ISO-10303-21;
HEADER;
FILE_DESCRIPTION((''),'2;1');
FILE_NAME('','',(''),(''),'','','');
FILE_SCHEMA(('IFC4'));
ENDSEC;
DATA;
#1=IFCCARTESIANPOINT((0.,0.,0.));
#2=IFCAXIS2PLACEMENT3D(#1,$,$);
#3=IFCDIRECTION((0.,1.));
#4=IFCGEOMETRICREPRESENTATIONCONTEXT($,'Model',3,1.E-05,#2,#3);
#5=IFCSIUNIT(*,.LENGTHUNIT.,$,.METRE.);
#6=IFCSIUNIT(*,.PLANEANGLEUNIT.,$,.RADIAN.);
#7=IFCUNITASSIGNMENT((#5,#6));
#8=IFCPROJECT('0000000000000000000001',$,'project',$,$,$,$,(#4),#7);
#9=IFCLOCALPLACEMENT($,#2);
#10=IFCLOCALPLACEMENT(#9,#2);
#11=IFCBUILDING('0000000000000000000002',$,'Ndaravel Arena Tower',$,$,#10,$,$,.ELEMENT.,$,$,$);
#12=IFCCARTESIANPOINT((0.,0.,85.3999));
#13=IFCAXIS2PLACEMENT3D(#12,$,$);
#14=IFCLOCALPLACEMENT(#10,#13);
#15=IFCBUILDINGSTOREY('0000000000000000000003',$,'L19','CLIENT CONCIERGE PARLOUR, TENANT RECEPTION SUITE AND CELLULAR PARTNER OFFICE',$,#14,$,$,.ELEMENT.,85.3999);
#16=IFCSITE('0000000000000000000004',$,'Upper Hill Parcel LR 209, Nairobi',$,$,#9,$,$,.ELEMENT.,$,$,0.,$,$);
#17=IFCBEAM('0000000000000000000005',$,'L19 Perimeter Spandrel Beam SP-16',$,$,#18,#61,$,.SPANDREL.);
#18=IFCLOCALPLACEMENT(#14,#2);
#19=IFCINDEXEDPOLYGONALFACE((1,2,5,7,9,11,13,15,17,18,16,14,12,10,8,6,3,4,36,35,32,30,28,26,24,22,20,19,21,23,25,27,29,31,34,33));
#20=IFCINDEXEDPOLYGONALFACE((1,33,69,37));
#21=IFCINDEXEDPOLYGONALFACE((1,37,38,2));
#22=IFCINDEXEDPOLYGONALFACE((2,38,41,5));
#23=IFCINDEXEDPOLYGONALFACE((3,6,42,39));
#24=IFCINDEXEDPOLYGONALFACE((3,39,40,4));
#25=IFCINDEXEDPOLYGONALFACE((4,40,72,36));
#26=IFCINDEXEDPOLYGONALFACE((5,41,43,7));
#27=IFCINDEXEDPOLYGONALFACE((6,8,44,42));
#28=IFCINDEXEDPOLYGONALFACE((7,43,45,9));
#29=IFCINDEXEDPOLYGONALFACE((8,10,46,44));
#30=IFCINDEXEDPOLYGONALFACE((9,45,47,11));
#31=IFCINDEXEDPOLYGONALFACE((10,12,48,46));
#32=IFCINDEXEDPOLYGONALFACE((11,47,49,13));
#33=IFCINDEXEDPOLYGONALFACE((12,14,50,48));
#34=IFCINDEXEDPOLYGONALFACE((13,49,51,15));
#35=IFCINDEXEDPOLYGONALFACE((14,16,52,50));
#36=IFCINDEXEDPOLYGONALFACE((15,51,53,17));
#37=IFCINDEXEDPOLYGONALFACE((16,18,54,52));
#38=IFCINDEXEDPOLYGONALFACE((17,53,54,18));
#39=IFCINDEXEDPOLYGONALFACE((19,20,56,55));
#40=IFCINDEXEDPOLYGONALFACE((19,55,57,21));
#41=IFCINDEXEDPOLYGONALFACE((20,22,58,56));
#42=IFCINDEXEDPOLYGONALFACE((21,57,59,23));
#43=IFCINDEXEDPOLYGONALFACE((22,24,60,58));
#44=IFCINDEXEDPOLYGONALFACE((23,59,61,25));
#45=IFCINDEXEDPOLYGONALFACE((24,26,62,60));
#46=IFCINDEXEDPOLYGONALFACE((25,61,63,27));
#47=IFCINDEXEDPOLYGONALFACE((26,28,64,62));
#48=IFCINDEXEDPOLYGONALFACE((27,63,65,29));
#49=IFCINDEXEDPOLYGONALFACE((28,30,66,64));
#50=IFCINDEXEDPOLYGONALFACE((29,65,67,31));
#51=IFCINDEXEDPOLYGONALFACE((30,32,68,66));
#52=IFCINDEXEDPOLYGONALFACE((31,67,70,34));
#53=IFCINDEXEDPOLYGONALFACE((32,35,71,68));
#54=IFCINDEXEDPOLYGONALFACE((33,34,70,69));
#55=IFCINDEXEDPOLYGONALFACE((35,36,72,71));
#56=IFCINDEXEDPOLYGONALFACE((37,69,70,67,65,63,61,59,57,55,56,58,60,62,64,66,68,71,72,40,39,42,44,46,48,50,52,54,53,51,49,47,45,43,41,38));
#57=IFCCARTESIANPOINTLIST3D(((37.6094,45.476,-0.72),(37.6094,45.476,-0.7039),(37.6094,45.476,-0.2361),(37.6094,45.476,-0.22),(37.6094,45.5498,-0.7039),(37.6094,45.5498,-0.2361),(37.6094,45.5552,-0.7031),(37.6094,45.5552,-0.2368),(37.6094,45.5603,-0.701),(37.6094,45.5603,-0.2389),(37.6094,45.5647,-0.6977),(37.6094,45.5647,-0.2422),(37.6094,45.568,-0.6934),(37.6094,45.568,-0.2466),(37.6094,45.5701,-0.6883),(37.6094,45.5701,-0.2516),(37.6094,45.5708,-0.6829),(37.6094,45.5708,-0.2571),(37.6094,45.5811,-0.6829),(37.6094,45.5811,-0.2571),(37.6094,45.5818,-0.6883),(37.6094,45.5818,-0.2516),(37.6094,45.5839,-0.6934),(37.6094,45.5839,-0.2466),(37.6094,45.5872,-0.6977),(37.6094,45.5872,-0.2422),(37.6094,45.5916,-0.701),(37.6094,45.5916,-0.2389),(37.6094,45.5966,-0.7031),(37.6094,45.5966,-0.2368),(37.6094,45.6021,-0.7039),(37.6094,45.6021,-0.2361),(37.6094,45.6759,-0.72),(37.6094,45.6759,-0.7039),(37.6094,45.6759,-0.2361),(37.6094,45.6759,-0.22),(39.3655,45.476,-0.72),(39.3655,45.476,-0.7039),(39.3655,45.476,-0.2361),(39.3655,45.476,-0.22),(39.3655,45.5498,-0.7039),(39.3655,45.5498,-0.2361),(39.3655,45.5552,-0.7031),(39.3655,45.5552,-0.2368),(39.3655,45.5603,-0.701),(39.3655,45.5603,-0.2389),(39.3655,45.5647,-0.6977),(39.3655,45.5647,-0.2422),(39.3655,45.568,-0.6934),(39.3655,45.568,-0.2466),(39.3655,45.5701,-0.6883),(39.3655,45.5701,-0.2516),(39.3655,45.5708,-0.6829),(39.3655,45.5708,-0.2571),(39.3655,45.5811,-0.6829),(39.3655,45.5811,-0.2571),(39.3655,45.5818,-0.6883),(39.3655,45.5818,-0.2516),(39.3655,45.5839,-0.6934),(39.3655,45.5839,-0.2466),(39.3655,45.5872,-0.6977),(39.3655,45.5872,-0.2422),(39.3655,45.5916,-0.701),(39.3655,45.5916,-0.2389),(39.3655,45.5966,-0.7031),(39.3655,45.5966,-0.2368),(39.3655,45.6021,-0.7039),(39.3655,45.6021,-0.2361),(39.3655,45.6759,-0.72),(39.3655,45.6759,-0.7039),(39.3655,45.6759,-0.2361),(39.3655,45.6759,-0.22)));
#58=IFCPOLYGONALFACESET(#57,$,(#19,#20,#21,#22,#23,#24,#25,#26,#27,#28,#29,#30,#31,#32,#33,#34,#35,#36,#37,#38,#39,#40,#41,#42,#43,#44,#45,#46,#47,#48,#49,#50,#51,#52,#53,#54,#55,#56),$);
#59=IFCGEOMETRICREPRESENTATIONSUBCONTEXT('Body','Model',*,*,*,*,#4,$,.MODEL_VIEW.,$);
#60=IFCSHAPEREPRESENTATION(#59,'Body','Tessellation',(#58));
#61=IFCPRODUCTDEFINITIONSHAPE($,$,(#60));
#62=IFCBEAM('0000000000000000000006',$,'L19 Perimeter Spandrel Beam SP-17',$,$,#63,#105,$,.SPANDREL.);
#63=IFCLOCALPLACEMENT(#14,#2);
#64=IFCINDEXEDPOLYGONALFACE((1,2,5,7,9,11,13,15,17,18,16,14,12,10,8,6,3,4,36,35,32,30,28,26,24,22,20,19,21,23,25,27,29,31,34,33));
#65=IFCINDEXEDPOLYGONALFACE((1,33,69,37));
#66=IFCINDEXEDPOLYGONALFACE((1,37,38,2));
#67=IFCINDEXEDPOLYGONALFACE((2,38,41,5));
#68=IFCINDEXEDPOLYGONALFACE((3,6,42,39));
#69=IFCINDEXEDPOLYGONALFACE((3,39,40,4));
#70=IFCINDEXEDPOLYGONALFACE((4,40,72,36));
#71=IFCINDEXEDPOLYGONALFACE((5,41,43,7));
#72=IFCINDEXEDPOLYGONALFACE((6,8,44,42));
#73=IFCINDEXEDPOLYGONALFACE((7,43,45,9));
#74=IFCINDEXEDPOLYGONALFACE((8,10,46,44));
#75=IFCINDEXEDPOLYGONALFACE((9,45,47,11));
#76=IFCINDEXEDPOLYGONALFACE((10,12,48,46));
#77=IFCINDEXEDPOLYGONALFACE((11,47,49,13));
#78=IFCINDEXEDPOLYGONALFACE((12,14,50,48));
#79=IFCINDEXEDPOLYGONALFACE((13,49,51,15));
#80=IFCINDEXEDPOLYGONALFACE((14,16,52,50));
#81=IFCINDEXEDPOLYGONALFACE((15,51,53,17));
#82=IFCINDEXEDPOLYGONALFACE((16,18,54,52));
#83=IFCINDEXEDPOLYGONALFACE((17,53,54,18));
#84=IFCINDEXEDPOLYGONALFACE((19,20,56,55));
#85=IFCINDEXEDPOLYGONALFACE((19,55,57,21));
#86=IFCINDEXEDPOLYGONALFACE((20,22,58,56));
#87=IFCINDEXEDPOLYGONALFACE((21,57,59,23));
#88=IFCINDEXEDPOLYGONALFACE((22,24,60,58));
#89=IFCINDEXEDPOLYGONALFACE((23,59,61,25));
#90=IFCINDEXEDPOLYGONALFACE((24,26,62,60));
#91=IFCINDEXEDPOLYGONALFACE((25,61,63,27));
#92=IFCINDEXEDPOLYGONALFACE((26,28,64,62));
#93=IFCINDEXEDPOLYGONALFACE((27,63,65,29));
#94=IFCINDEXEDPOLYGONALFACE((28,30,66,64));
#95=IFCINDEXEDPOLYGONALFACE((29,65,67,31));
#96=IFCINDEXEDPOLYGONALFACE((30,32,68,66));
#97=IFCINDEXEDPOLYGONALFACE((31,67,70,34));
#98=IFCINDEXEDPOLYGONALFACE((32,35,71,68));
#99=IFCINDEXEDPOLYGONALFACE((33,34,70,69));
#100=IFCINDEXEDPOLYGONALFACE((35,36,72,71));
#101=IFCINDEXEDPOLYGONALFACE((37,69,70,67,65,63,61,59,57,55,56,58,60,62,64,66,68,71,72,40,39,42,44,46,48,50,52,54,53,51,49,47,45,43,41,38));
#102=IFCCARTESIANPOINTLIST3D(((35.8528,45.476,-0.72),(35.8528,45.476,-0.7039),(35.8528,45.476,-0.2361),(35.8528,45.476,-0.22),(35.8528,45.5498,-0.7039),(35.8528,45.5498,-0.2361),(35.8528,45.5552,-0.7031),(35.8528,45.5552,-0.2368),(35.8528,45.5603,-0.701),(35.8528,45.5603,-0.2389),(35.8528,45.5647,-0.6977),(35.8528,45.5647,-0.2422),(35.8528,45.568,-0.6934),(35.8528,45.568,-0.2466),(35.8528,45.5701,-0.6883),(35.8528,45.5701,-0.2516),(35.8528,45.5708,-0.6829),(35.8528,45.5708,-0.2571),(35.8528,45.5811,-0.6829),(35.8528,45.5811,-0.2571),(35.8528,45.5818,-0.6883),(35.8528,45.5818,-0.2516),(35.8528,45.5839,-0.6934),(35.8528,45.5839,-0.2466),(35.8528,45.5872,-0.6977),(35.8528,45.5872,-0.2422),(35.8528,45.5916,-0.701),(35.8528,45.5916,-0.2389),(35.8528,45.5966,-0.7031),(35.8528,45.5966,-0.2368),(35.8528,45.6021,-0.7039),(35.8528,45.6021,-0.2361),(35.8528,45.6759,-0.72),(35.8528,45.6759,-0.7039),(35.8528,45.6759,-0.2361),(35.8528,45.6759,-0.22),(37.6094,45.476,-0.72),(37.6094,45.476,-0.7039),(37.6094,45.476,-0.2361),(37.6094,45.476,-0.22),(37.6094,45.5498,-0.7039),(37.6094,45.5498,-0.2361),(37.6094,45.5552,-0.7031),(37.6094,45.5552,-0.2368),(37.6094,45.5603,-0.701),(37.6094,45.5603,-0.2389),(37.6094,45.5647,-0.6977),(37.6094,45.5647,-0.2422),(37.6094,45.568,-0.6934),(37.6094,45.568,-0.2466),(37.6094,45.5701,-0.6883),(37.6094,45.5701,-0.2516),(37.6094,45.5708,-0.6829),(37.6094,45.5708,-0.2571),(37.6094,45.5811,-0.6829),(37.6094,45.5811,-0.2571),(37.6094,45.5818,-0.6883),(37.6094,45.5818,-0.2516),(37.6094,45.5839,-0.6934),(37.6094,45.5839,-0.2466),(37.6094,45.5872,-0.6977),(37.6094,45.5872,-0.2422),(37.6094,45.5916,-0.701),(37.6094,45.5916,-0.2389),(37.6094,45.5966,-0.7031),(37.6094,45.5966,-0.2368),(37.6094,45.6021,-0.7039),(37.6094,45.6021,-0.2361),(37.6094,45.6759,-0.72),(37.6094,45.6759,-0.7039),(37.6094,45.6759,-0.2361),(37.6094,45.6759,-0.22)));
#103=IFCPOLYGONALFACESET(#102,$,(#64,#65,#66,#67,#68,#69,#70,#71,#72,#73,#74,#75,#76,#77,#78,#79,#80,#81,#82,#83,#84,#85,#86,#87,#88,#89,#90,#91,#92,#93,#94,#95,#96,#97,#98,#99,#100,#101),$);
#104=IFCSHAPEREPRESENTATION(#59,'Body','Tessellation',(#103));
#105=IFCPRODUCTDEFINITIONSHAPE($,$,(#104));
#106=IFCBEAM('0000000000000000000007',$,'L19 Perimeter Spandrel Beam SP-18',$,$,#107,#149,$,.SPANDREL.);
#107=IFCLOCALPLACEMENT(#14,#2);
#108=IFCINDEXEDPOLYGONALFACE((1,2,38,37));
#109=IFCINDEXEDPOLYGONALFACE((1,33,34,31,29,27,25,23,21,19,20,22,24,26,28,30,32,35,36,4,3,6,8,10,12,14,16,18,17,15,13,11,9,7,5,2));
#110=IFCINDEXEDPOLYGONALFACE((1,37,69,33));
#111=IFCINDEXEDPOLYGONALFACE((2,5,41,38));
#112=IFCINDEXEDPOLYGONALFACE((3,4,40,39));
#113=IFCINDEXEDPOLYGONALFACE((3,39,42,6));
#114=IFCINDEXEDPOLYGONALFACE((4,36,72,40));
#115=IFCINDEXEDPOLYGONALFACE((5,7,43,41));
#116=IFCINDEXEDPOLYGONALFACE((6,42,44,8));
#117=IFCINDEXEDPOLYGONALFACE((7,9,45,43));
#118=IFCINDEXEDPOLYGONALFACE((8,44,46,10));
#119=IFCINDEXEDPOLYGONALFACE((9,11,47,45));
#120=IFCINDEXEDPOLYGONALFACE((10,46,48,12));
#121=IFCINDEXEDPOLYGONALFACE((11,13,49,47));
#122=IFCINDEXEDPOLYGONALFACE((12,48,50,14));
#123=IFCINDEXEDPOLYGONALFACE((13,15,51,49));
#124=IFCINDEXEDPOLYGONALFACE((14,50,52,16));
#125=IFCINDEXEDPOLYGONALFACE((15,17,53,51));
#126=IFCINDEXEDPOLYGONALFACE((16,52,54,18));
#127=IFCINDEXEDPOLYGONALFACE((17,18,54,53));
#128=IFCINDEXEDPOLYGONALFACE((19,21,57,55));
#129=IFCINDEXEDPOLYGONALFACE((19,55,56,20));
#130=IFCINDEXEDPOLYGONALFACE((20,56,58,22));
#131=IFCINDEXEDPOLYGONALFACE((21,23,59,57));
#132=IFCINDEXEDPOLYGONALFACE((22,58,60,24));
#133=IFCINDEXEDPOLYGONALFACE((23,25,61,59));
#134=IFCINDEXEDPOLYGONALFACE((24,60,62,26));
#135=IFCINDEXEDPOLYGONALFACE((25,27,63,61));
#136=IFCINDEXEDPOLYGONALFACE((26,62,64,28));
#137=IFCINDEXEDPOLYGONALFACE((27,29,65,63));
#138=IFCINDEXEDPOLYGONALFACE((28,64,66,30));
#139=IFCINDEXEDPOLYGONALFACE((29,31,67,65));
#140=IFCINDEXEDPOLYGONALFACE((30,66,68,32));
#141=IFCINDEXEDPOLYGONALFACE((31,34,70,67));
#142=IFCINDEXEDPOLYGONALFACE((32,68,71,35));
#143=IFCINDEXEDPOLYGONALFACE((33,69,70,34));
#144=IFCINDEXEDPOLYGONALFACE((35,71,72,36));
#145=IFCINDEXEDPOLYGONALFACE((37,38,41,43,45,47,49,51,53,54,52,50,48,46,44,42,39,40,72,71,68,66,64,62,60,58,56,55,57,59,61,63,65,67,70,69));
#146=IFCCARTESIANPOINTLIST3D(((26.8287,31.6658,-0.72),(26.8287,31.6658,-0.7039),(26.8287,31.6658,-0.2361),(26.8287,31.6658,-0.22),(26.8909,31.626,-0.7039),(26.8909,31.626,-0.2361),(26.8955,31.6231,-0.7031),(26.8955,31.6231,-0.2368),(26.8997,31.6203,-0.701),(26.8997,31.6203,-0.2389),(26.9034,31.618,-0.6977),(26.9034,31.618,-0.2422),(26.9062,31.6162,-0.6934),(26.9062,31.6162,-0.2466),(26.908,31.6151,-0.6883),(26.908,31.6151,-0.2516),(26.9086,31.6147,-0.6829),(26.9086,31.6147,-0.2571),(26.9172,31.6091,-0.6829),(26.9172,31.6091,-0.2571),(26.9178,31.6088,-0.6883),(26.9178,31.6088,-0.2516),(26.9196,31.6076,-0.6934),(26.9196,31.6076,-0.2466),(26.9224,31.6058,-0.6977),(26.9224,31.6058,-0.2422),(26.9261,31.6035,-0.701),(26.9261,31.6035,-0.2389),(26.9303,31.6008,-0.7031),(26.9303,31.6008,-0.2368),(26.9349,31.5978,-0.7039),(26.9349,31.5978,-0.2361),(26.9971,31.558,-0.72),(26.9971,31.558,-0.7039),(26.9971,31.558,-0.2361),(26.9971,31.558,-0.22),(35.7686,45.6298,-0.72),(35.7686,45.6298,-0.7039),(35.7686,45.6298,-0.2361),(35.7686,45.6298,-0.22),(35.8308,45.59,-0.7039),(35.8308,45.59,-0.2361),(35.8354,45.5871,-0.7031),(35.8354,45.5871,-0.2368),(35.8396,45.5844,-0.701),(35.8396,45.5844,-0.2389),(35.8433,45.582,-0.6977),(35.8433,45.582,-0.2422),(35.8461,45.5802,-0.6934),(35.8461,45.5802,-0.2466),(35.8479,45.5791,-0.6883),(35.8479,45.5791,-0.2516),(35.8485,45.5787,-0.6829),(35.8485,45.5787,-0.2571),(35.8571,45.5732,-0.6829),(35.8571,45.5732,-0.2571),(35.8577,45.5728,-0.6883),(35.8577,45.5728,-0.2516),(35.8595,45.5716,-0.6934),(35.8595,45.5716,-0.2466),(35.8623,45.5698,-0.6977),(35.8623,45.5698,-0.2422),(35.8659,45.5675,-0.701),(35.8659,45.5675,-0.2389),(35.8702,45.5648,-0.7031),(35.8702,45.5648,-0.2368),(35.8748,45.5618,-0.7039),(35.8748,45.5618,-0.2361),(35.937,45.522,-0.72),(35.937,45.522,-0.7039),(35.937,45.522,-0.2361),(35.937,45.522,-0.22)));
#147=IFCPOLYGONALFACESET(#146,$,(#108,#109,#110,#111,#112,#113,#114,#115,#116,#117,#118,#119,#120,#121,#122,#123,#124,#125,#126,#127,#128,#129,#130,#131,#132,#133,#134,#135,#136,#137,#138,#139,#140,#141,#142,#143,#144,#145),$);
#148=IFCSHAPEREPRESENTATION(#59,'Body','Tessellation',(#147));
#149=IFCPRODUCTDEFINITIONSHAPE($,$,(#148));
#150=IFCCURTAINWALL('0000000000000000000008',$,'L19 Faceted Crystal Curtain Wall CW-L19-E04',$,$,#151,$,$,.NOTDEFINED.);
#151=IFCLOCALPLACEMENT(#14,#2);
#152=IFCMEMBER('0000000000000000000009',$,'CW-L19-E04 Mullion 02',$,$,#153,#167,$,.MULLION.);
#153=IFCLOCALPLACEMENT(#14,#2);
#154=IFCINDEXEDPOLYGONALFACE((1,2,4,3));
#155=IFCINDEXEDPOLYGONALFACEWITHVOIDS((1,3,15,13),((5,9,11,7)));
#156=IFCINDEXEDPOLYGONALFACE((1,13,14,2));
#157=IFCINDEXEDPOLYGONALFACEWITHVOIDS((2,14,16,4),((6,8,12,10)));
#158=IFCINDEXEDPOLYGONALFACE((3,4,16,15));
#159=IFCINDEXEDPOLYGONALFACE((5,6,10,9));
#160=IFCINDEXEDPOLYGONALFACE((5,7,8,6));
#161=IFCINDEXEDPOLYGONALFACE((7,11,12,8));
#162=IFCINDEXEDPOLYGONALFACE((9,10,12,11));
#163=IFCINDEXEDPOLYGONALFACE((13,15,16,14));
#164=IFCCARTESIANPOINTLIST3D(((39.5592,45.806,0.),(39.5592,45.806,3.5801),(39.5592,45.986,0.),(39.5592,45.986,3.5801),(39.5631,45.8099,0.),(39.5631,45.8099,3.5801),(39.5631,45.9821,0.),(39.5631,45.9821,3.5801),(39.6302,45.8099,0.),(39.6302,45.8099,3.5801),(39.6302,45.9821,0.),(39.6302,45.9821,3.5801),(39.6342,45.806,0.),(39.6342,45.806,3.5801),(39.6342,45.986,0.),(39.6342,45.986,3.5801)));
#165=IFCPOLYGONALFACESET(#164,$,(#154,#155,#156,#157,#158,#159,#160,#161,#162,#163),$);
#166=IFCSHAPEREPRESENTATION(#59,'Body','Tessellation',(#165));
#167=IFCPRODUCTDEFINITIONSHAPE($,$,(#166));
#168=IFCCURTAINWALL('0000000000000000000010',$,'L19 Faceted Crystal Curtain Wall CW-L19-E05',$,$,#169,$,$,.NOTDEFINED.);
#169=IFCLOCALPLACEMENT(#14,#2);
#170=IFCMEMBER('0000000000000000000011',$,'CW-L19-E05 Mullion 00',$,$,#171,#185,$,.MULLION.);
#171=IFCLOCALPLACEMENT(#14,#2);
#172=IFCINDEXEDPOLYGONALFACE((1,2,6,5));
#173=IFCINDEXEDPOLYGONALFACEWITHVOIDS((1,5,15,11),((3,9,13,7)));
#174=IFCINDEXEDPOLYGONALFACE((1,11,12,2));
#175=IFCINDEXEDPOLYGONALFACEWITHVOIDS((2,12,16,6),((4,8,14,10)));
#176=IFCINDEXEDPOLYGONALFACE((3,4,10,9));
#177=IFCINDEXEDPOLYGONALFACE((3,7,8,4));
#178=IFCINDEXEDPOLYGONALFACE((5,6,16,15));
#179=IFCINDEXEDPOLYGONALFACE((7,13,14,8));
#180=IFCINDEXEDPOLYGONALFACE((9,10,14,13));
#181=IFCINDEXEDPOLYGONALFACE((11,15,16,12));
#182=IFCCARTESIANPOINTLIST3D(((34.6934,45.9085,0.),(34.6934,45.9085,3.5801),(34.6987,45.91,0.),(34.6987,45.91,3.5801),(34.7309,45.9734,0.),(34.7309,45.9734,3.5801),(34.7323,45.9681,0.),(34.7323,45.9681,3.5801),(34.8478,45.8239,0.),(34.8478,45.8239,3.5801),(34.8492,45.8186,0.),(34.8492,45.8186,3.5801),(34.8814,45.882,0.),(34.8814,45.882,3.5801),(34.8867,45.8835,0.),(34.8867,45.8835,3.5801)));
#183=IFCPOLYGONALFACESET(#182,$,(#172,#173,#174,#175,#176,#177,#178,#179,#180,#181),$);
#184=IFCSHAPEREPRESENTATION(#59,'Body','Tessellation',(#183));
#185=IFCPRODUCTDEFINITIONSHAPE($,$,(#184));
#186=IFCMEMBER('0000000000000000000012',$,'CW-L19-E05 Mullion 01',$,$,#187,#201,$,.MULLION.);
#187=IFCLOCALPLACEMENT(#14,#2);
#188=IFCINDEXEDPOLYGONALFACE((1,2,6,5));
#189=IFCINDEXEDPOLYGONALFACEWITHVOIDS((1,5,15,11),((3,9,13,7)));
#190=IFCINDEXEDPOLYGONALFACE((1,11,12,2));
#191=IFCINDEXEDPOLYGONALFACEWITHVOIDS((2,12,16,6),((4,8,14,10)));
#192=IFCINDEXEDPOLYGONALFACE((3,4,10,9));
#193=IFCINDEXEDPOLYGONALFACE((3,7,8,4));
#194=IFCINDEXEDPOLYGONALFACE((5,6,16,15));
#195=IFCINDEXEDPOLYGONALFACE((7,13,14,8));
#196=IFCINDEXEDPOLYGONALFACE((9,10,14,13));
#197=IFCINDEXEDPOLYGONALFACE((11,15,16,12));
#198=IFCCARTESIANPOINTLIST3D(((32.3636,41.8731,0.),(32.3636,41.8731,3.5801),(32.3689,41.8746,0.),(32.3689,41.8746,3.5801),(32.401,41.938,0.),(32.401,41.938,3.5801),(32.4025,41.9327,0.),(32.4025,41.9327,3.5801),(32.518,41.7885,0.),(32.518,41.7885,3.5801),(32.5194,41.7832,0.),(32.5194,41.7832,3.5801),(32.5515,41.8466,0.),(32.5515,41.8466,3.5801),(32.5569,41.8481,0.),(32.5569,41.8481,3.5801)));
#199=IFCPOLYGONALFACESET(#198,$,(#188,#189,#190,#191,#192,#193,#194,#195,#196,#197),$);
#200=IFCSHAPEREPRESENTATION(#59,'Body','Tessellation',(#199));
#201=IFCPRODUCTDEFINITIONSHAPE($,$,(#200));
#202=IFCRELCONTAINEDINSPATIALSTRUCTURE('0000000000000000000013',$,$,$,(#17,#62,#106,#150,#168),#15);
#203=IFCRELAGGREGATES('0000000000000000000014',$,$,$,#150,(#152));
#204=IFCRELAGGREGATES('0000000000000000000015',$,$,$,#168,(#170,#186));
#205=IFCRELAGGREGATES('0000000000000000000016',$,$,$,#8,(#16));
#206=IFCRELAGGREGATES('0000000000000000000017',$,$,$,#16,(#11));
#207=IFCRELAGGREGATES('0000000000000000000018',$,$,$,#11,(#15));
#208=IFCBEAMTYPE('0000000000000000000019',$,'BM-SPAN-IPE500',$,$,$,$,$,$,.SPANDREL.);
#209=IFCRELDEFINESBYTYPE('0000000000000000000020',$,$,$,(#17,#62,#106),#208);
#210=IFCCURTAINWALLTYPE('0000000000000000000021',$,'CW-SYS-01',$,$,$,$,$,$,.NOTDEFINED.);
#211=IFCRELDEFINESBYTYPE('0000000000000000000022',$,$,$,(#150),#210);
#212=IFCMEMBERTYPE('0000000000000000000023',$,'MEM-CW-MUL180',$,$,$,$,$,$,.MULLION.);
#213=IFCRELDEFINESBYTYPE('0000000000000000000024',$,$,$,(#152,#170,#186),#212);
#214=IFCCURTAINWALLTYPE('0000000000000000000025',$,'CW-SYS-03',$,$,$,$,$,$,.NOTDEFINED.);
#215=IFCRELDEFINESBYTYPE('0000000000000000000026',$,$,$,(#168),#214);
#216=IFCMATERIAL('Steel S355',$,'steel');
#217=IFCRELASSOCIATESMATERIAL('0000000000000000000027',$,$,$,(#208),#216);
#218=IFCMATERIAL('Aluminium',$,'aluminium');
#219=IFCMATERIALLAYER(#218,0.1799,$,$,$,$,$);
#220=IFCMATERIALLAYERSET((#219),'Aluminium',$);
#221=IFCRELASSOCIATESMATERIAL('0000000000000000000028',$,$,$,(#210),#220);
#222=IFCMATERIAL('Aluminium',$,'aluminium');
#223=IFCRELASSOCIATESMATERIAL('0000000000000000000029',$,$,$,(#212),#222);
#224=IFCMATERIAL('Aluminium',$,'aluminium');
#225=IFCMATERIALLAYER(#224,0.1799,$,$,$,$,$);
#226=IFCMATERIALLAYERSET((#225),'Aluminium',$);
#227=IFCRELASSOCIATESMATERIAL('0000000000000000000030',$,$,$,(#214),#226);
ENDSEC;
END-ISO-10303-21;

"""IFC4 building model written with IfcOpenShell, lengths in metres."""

from ifc_helpers import new_model, si_unit, direction, frame, origin, origin_2d, place, context, subcontext, project, spatial, hollow_rectangle, i_section, extrude, material, layer, layer_set, material_profile, profile_set, type_object, element, aggregate, save


model = new_model("IFC4")

# Units and contexts
model_context = context("Model", 3, precision=1e-05, world=origin(), true_north=direction((0.0, 1.0)))
body_context = subcontext(model_context, "Body", "Model", "MODEL_VIEW")
ifc_project = project(units=[si_unit("LENGTHUNIT", "METRE"), si_unit("PLANEANGLEUNIT", "RADIAN")], contexts=[model_context])

# Site, building, storey
site_placement = place(None, origin())
site = spatial("IfcSite", under=ifc_project, at=site_placement, Name="Upper Hill Parcel LR 209, Nairobi", CompositionType="ELEMENT", RefElevation=0.0)
building_placement = place(site_placement, origin())
building = spatial("IfcBuilding", under=site, at=building_placement, Name="Ndaravel Arena Tower", CompositionType="ELEMENT")
storey_placement = place(building_placement, frame((0.0, 0.0, 85.3999)))
storey = spatial("IfcBuildingStorey", under=building, at=storey_placement, Name="L19", Description="CLIENT CONCIERGE PARLOUR, TENANT RECEPTION SUITE AND CELLULAR PARTNER OFFICE", CompositionType="ELEMENT", Elevation=85.3999)

# Beams
ifc_material_1 = material(Name="Steel S355", Category="steel")
ifc_material_profile_1 = material_profile(ifc_material_1, i_section(OverallWidth=0.2, OverallDepth=0.5, WebThickness=0.0103, FlangeThickness=0.0161, FilletRadius=0.021, at=origin_2d()), Name="IPE 500")
ifc_profile_set_1 = profile_set([ifc_material_profile_1], Name="Steel S355")
beam_type_1 = type_object("IfcBeamType", Name="BM-SPAN-IPE500", PredefinedType="SPANDREL", material=ifc_profile_set_1)
beam_1_placement = place(storey_placement, frame((39.3655, 45.5759, -0.47), z_axis=(-1.0, 0.0, 0.0), x_axis=(0.0, -1.0, 0.0)))
element("IfcBeam", 1, at=beam_1_placement, inside=storey, type_object=beam_type_1, Name="L19 Perimeter Spandrel Beam SP-16", PredefinedType="SPANDREL", context=body_context, shape_type="SweptSolid", body=[
    extrude(i_section(OverallWidth=0.2, OverallDepth=0.5, WebThickness=0.0103, FlangeThickness=0.0161, FilletRadius=0.021, at=origin_2d()), origin(), (0.0, 0.0, 1.0), 1.7561),
])
beam_2_placement = place(storey_placement, frame((37.6094, 45.5759, -0.47), z_axis=(-1.0, 0.0, 0.0), x_axis=(0.0, -1.0, 0.0)))
element("IfcBeam", 2, at=beam_2_placement, inside=storey, type_object=beam_type_1, Name="L19 Perimeter Spandrel Beam SP-17", PredefinedType="SPANDREL", context=body_context, shape_type="SweptSolid", body=[
    extrude(i_section(OverallWidth=0.2, OverallDepth=0.5, WebThickness=0.0103, FlangeThickness=0.0161, FilletRadius=0.021, at=origin_2d()), origin(), (0.0, 0.0, 1.0), 1.7566),
])
beam_3_placement = place(storey_placement, frame((35.8528, 45.5759, -0.47), z_axis=(-0.539178, -0.842192, 0.0), x_axis=(0.842192, -0.539178, 0.0)))
element("IfcBeam", 3, at=beam_3_placement, inside=storey, type_object=beam_type_1, Name="L19 Perimeter Spandrel Beam SP-18", PredefinedType="SPANDREL", context=body_context, shape_type="SweptSolid", body=[
    extrude(i_section(OverallWidth=0.2, OverallDepth=0.5, WebThickness=0.0103, FlangeThickness=0.0161, FilletRadius=0.021, at=origin_2d()), origin(), (0.0, 0.0, 1.0), 16.5806),
])

# Curtain wall, member
ifc_material_2 = material(Name="Aluminium", Category="aluminium")
ifc_layer_1 = layer(ifc_material_2, 0.1799)
ifc_layer_set_1 = layer_set([ifc_layer_1], Name="Aluminium")
curtain_wall_type_1 = type_object("IfcCurtainWallType", Name="CW-SYS-01", PredefinedType="NOTDEFINED", material=ifc_layer_set_1)
curtain_wall_1_placement = place(storey_placement, origin())
curtain_wall_1 = element("IfcCurtainWall", 4, at=curtain_wall_1_placement, inside=storey, type_object=curtain_wall_type_1, Name="L19 Faceted Crystal Curtain Wall CW-L19-E04", PredefinedType="NOTDEFINED")
ifc_material_3 = material(Name="Aluminium", Category="aluminium")
ifc_material_profile_2 = material_profile(ifc_material_3, hollow_rectangle(XDim=0.075, YDim=0.1799, WallThickness=0.0039, at=origin_2d()), Name="CW MULLION 75x180x4")
ifc_profile_set_2 = profile_set([ifc_material_profile_2], Name="Aluminium")
member_type_1 = type_object("IfcMemberType", Name="MEM-CW-MUL180", PredefinedType="MULLION", material=ifc_profile_set_2)
member_1_placement = place(storey_placement, frame((39.5967, 45.896, 0.0), z_axis=(0.0, 0.0, 1.0), x_axis=(-1.0, 0.0, 0.0)))
member_1 = element("IfcMember", 5, at=member_1_placement, type_object=member_type_1, Name="CW-L19-E04 Mullion 02", PredefinedType="MULLION", context=body_context, shape_type="SweptSolid", body=[
    extrude(hollow_rectangle(XDim=0.075, YDim=0.1799, WallThickness=0.0039, at=origin_2d()), origin(), (0.0, 0.0, 1.0), 3.5801),
])

# Curtain wall, members
ifc_material_4 = material(Name="Aluminium", Category="aluminium")
ifc_layer_2 = layer(ifc_material_4, 0.1799)
ifc_layer_set_2 = layer_set([ifc_layer_2], Name="Aluminium")
curtain_wall_type_2 = type_object("IfcCurtainWallType", Name="CW-SYS-03", PredefinedType="NOTDEFINED", material=ifc_layer_set_2)
curtain_wall_2_placement = place(storey_placement, origin())
curtain_wall_2 = element("IfcCurtainWall", 6, at=curtain_wall_2_placement, inside=storey, type_object=curtain_wall_type_2, Name="L19 Faceted Crystal Curtain Wall CW-L19-E05", PredefinedType="NOTDEFINED")
member_2_placement = place(storey_placement, frame((34.79, 45.896, 0.0), z_axis=(0.0, 0.0, 1.0), x_axis=(-0.5, -0.866025, 0.0)))
member_2 = element("IfcMember", 7, at=member_2_placement, type_object=member_type_1, Name="CW-L19-E05 Mullion 00", PredefinedType="MULLION", context=body_context, shape_type="SweptSolid", body=[
    extrude(hollow_rectangle(XDim=0.075, YDim=0.1799, WallThickness=0.0039, at=origin_2d()), origin(), (0.0, 0.0, 1.0), 3.5801),
])
member_3_placement = place(storey_placement, frame((32.4602, 41.8606, 0.0), z_axis=(0.0, 0.0, 1.0), x_axis=(-0.5, -0.866025, 0.0)))
member_3 = element("IfcMember", 8, at=member_3_placement, type_object=member_type_1, Name="CW-L19-E05 Mullion 01", PredefinedType="MULLION", context=body_context, shape_type="SweptSolid", body=[
    extrude(hollow_rectangle(XDim=0.075, YDim=0.1799, WallThickness=0.0039, at=origin_2d()), origin(), (0.0, 0.0, 1.0), 3.5801),
])

aggregate(curtain_wall_1, [member_1])
aggregate(curtain_wall_2, [member_2, member_3])

save(model, "model.ifc")
